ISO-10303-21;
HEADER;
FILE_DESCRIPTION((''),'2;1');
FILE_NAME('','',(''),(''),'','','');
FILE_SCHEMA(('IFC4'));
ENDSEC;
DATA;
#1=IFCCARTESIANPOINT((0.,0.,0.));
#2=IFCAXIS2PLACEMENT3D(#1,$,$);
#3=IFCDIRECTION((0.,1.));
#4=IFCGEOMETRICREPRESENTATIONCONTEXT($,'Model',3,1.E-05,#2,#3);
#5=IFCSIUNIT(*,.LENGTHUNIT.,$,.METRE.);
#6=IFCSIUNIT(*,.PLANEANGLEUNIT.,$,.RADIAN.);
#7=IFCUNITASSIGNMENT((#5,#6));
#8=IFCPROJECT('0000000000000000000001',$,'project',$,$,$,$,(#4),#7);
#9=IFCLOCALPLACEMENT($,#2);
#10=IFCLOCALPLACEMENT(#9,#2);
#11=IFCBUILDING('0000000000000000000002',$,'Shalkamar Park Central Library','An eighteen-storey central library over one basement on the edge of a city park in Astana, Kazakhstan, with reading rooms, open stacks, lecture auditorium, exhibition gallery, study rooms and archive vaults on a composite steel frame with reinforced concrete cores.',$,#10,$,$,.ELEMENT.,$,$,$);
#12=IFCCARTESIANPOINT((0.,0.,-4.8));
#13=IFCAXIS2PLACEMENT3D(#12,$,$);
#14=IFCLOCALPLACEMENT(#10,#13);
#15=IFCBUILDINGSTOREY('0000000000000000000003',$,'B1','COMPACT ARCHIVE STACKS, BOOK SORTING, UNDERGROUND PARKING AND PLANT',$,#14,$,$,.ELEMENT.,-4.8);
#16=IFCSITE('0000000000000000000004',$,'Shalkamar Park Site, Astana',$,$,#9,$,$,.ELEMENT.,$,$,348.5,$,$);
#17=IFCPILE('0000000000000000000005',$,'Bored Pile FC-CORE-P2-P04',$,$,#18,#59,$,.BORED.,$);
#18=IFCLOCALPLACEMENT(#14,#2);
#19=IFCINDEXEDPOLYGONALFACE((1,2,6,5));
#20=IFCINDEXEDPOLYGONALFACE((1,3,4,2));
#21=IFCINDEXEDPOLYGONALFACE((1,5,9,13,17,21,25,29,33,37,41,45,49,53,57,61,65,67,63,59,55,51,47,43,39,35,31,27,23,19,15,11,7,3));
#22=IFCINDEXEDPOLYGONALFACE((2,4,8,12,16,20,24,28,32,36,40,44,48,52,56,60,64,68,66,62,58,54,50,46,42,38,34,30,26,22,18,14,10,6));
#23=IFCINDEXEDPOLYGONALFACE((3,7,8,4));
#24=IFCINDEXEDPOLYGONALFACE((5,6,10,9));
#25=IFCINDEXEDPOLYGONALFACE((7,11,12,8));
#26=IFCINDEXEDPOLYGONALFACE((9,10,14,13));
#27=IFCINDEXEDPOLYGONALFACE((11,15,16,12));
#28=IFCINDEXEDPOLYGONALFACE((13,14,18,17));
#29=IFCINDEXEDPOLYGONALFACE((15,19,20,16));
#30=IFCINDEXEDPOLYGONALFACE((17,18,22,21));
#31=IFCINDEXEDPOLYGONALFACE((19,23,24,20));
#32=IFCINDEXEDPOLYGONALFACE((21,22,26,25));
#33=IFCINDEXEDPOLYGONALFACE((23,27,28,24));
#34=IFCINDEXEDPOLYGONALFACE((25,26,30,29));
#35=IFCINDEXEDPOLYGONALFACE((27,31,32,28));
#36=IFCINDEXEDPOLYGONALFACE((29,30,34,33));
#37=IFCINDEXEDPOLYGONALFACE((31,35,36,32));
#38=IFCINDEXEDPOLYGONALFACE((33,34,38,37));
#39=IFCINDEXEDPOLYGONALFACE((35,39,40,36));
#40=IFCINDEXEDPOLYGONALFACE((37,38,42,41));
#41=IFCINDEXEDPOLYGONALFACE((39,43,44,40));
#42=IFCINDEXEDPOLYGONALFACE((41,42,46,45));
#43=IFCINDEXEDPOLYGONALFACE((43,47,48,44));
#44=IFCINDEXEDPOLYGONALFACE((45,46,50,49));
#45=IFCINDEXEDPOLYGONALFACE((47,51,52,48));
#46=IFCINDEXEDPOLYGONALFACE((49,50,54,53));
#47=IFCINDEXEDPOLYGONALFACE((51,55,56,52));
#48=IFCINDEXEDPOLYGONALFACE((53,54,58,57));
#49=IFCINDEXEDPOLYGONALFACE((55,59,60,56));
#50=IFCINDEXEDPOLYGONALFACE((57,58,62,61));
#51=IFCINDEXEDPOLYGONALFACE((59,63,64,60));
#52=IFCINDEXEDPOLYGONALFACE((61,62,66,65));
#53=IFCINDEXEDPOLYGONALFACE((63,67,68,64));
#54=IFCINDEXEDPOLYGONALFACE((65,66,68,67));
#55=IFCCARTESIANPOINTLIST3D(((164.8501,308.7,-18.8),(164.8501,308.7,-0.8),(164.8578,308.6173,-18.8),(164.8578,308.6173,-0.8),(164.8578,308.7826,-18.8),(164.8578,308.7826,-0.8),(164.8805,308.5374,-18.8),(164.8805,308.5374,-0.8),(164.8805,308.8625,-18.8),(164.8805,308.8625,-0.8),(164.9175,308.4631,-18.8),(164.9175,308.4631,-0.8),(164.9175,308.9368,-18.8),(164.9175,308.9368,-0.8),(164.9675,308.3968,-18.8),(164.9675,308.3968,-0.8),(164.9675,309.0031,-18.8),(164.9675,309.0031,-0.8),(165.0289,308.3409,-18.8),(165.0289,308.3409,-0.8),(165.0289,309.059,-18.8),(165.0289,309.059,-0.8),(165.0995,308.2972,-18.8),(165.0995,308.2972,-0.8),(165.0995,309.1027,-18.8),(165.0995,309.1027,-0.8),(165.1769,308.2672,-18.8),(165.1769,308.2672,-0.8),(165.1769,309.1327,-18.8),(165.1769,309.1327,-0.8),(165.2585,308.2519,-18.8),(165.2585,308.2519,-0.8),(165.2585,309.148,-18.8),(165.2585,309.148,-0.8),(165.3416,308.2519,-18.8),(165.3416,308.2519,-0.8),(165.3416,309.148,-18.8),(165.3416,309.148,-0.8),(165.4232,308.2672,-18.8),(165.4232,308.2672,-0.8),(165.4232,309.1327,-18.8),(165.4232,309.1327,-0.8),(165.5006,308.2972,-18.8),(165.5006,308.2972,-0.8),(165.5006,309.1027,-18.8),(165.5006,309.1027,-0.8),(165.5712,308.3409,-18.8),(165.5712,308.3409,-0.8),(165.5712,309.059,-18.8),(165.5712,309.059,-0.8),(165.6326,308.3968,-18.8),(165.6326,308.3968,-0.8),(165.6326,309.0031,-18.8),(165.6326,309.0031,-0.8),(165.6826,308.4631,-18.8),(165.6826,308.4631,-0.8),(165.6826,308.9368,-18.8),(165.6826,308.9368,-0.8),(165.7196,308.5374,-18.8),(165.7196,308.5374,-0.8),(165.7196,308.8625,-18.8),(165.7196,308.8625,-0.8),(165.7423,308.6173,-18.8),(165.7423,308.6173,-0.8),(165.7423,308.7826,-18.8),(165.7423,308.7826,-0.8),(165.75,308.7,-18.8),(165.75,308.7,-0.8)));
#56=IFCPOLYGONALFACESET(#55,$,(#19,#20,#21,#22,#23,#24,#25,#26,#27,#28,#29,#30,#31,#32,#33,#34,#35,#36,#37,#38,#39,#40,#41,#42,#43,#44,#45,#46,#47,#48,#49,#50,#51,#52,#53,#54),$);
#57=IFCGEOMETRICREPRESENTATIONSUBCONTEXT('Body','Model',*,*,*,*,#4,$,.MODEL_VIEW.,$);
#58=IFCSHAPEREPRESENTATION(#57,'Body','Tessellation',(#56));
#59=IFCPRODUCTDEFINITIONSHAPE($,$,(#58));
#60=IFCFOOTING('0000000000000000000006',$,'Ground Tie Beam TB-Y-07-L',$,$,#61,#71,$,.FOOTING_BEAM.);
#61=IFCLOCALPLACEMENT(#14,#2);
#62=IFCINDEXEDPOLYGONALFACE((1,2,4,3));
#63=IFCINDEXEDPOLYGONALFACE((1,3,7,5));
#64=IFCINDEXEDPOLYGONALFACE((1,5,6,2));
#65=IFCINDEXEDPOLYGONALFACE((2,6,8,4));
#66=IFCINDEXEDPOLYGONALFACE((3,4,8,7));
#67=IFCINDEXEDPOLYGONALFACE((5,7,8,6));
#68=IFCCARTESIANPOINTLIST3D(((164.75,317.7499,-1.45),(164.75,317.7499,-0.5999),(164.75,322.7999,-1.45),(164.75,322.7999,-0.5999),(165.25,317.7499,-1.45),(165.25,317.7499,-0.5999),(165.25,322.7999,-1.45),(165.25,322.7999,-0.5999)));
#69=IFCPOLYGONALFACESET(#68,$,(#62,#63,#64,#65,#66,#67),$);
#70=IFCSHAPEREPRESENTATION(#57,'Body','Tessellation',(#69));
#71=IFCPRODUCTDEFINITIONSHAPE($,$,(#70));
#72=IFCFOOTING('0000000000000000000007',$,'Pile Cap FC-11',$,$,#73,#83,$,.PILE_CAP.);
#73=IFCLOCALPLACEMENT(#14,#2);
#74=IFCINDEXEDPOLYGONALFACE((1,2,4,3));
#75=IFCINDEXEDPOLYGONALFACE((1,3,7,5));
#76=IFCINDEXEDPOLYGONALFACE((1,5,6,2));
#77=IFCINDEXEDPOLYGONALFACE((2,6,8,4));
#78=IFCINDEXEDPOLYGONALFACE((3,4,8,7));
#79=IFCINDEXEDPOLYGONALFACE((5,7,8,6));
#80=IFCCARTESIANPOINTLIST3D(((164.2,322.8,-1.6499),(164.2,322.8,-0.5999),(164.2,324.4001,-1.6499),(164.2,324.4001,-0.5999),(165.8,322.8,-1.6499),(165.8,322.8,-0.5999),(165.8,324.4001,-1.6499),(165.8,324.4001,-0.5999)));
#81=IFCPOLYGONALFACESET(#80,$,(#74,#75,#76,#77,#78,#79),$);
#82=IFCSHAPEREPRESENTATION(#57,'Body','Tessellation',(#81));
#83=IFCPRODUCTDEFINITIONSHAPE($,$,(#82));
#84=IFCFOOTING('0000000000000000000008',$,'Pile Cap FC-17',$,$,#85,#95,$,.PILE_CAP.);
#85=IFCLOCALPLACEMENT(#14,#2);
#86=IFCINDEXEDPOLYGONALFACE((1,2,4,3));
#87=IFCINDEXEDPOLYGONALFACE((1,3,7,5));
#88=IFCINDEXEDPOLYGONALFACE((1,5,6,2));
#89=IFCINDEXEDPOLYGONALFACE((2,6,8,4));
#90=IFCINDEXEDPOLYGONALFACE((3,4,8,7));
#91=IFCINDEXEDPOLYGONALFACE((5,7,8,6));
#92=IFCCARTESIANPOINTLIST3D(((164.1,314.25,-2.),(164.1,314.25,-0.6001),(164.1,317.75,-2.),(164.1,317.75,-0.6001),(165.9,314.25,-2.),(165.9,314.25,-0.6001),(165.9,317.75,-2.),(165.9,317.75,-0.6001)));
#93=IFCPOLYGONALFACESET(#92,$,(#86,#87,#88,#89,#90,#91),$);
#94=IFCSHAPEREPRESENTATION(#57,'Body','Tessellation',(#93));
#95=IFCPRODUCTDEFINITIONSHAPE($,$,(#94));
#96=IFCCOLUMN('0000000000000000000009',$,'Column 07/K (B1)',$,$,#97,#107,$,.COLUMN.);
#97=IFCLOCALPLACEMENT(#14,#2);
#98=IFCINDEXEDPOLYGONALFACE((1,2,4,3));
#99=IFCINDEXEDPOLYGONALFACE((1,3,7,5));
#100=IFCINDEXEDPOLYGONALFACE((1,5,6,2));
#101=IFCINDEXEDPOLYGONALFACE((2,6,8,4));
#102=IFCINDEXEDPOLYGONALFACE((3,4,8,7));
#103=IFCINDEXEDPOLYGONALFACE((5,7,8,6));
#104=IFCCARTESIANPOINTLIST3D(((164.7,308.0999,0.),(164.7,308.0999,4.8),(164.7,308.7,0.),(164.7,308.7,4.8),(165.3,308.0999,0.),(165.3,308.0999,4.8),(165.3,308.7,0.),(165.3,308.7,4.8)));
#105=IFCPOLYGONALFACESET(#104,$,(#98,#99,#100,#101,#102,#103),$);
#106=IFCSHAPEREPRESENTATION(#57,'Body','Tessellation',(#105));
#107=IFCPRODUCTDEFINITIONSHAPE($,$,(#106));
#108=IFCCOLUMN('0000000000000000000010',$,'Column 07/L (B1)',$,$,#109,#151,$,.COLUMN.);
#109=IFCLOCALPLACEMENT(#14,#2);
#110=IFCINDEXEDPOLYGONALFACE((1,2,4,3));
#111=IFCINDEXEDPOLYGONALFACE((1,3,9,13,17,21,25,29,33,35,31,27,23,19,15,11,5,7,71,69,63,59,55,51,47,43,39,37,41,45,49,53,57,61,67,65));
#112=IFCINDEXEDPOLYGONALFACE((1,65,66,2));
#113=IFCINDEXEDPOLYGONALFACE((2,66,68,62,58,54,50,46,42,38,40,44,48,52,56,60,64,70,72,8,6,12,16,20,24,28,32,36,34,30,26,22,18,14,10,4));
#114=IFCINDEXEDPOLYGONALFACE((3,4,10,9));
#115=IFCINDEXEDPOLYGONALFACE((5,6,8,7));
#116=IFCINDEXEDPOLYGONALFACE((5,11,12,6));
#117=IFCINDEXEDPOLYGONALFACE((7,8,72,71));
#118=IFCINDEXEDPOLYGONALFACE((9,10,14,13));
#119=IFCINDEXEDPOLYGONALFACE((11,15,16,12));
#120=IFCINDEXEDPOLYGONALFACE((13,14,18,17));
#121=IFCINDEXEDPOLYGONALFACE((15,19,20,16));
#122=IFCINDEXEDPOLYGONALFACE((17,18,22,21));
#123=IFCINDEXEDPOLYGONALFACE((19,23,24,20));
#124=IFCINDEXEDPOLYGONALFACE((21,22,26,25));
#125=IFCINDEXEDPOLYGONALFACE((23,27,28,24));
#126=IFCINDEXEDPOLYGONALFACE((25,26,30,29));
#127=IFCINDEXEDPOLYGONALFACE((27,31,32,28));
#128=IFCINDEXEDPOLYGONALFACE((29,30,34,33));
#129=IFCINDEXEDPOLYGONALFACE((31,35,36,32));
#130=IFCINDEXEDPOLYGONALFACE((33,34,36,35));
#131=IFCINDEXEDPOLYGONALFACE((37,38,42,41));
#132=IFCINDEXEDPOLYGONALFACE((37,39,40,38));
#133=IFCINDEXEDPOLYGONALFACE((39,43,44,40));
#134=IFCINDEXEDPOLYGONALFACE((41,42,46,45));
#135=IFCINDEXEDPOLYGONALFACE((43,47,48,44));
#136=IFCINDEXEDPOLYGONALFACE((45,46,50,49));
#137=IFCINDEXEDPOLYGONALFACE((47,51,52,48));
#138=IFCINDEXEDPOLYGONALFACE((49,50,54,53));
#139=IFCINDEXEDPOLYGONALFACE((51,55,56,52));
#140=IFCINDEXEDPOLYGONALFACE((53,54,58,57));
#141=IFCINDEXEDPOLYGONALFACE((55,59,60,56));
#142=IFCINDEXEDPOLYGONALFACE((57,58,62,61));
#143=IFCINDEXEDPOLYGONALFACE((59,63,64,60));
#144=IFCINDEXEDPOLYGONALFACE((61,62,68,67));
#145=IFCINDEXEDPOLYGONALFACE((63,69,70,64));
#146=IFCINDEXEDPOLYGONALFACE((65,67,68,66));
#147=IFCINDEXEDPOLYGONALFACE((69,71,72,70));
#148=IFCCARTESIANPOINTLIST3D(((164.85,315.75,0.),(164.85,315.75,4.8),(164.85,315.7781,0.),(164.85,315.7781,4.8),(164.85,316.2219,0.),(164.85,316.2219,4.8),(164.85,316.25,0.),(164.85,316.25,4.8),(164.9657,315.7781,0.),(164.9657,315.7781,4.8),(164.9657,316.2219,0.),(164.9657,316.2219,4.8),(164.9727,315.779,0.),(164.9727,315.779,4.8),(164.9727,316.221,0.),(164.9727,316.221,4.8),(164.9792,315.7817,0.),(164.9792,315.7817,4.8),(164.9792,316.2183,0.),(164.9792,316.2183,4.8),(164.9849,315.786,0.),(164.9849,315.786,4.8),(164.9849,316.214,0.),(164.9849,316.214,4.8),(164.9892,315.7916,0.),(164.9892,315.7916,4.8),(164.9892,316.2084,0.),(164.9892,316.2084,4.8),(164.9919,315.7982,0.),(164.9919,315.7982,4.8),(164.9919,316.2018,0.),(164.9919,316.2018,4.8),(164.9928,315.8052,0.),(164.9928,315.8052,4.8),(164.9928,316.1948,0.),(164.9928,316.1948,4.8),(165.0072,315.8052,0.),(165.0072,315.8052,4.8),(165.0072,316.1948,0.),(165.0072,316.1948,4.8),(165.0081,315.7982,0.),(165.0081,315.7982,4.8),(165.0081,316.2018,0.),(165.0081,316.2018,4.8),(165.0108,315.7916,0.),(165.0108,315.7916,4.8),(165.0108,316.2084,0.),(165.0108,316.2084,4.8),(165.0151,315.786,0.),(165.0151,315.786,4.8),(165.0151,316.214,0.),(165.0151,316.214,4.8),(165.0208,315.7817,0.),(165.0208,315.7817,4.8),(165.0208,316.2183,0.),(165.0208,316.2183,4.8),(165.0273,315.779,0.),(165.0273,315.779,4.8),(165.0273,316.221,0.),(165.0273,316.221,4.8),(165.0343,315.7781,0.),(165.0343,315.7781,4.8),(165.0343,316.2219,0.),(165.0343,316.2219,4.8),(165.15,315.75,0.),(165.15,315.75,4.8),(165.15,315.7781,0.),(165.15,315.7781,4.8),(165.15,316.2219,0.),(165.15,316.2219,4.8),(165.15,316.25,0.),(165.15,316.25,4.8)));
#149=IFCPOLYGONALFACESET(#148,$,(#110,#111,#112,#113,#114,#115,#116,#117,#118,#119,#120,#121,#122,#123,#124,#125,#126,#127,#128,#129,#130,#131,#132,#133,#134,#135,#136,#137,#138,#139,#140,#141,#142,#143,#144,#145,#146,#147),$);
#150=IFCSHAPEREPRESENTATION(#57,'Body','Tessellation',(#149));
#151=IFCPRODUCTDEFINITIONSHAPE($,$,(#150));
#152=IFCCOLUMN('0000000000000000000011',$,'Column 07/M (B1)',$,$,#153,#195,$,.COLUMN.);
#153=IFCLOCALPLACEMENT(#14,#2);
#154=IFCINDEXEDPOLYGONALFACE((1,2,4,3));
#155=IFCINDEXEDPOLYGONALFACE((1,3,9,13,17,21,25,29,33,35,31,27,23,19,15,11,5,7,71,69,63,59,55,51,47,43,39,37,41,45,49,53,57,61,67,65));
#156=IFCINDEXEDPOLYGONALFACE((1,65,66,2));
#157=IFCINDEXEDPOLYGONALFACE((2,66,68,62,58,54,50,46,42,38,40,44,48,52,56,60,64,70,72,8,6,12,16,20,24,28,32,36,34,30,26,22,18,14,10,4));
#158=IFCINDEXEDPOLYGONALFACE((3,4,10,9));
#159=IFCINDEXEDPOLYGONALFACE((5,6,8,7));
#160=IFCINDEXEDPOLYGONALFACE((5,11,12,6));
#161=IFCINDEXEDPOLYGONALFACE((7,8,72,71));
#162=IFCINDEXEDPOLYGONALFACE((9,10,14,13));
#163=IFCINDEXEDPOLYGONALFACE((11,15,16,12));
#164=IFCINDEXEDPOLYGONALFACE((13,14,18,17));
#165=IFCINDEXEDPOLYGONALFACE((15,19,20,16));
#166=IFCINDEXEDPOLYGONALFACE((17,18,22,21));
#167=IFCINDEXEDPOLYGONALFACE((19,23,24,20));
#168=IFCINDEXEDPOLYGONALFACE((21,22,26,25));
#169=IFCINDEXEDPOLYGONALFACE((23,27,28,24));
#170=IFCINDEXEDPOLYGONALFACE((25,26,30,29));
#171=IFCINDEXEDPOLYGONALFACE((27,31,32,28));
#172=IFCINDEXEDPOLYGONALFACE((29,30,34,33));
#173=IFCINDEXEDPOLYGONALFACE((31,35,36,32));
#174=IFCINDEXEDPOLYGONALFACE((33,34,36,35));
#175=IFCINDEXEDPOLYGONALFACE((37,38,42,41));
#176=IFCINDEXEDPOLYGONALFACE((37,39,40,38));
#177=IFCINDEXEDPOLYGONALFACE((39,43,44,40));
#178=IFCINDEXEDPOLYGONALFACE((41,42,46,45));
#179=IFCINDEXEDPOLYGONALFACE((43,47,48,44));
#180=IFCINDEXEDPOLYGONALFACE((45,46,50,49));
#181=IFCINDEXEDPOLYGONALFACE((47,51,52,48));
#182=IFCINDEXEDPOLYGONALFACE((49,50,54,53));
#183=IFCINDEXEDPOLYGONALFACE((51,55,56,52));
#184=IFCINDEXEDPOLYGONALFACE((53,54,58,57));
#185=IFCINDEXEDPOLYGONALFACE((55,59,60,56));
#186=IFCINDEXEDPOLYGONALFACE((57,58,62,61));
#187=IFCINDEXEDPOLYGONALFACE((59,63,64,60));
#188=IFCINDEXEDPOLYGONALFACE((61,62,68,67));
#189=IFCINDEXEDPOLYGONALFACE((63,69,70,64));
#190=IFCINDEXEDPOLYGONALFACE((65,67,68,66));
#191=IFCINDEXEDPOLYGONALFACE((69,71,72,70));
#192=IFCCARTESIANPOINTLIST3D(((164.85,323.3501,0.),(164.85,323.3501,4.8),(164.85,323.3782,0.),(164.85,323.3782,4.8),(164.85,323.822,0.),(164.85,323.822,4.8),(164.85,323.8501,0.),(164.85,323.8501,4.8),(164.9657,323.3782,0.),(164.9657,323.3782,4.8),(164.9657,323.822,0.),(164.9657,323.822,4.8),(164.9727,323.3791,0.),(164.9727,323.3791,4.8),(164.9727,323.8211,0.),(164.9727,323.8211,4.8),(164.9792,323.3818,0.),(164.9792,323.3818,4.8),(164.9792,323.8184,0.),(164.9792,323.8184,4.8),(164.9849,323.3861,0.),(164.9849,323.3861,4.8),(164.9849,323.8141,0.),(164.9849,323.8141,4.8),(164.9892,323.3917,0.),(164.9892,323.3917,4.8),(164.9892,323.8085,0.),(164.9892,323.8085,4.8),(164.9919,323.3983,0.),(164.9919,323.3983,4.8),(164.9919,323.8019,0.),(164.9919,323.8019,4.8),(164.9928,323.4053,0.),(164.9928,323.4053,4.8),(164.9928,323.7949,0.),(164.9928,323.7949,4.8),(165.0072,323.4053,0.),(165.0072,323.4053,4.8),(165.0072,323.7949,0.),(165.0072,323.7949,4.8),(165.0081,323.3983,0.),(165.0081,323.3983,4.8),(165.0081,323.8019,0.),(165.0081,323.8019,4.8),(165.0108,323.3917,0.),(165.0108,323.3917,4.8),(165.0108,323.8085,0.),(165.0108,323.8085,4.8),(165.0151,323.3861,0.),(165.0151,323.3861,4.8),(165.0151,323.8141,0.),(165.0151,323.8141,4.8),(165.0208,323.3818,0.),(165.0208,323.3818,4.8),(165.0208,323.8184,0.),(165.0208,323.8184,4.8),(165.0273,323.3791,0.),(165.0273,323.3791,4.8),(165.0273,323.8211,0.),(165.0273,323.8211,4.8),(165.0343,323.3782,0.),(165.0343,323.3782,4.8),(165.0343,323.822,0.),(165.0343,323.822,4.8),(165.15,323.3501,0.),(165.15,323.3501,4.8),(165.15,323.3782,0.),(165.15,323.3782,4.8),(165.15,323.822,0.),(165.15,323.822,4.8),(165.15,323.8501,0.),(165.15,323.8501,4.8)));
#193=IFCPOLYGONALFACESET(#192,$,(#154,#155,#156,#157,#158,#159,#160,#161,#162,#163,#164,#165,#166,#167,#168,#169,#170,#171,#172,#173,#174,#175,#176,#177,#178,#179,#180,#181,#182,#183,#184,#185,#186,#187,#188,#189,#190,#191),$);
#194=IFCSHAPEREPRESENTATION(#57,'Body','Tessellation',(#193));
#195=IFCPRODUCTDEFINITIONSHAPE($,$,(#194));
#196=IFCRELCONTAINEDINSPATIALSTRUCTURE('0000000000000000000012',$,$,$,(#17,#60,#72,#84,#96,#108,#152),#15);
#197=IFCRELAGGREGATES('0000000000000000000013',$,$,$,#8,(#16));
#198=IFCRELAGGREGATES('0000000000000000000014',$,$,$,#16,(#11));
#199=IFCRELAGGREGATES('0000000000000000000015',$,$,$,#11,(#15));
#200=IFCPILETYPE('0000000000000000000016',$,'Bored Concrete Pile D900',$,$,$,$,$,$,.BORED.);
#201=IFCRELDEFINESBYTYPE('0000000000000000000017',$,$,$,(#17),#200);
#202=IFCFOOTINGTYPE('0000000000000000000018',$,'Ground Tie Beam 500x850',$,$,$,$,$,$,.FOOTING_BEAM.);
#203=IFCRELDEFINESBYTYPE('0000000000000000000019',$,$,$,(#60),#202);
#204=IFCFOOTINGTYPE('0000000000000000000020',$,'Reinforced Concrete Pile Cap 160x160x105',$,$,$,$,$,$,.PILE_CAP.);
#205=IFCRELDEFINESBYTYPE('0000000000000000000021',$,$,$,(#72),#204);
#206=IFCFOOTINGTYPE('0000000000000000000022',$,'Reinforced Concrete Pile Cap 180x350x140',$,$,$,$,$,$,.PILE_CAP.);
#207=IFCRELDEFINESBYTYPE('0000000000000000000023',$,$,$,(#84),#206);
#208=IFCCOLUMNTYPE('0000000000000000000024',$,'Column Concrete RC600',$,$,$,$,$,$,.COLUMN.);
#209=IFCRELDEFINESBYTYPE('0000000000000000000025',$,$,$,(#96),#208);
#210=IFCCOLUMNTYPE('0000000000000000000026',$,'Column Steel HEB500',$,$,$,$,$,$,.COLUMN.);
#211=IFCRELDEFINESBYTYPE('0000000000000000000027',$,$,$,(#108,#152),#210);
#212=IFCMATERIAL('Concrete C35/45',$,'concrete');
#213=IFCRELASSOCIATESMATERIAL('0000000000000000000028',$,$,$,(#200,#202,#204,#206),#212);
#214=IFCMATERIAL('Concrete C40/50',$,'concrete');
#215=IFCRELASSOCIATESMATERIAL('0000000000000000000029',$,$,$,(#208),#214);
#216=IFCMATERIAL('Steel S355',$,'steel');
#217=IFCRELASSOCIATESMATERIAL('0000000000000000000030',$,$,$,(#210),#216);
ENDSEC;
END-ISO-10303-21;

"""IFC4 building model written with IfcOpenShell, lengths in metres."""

from ifc_helpers import new_model, si_unit, direction, frame, origin, origin_2d, place, context, subcontext, project, spatial, rectangle, circle, i_section, extrude, material, material_profile, profile_set, type_object, element, save


model = new_model("IFC4")

# Units and contexts
model_context = context("Model", 3, precision=1e-05, world=origin(), true_north=direction((0.0, 1.0)))
body_context = subcontext(model_context, "Body", "Model", "MODEL_VIEW")
ifc_project = project(units=[si_unit("LENGTHUNIT", "METRE"), si_unit("PLANEANGLEUNIT", "RADIAN")], contexts=[model_context])

# Site, building, storey
site_placement = place(None, origin())
site = spatial("IfcSite", under=ifc_project, at=site_placement, Name="Shalkamar Park Site, Astana", CompositionType="ELEMENT", RefElevation=348.5)
building_placement = place(site_placement, origin())
building = spatial("IfcBuilding", under=site, at=building_placement, Name="Shalkamar Park Central Library", Description="An eighteen-storey central library over one basement on the edge of a city park in Astana, Kazakhstan, with reading rooms, open stacks, lecture auditorium, exhibition gallery, study rooms and archive vaults on a composite steel frame with reinforced concrete cores.", CompositionType="ELEMENT")
storey_placement = place(building_placement, frame((0.0, 0.0, -4.8)))
storey = spatial("IfcBuildingStorey", under=building, at=storey_placement, Name="B1", Description="COMPACT ARCHIVE STACKS, BOOK SORTING, UNDERGROUND PARKING AND PLANT", CompositionType="ELEMENT", Elevation=-4.8)

# Pile
ifc_material_1 = material(Name="Concrete C35/45", Category="concrete")
ifc_material_profile_1 = material_profile(ifc_material_1, circle(Radius=0.45, at=origin_2d()), Name="PILE D900")
ifc_profile_set_1 = profile_set([ifc_material_profile_1], Name="Concrete C35/45")
pile_type_1 = type_object("IfcPileType", Name="Bored Concrete Pile D900", PredefinedType="BORED", material=ifc_profile_set_1)
pile_1_placement = place(storey_placement, frame((165.3, 308.7, -0.8), z_axis=(0.0, 0.0, -1.0), x_axis=(1.0, 0.0, 0.0)))
element("IfcPile", 1, at=pile_1_placement, inside=storey, type_object=pile_type_1, Name="Bored Pile FC-CORE-P2-P04", PredefinedType="BORED", context=body_context, shape_type="SweptSolid", body=[
    extrude(circle(Radius=0.45, at=origin_2d()), origin(), (0.0, 0.0, 1.0), 18.0),
])

# Footings
footing_type_1 = type_object("IfcFootingType", Name="Ground Tie Beam 500x850", PredefinedType="FOOTING_BEAM", material=ifc_material_1)
footing_1_placement = place(storey_placement, frame((165.0, 320.2749, -1.45), z_axis=(0.0, 0.0, 1.0), x_axis=(0.0, 1.0, 0.0)))
element("IfcFooting", 2, at=footing_1_placement, inside=storey, type_object=footing_type_1, Name="Ground Tie Beam TB-Y-07-L", PredefinedType="FOOTING_BEAM", context=body_context, shape_type="SweptSolid", body=[
    extrude(rectangle(XDim=5.05, YDim=0.5, at=origin_2d()), origin(), (0.0, 0.0, 1.0), 0.8501),
])
footing_type_2 = type_object("IfcFootingType", Name="Reinforced Concrete Pile Cap 160x160x105", PredefinedType="PILE_CAP", material=ifc_material_1)
footing_2_placement = place(storey_placement, frame((165.0, 323.6001, -1.6499), z_axis=(0.0, 0.0, 1.0), x_axis=(1.0, 0.0, 0.0)))
element("IfcFooting", 3, at=footing_2_placement, inside=storey, type_object=footing_type_2, Name="Pile Cap FC-11", PredefinedType="PILE_CAP", context=body_context, shape_type="SweptSolid", body=[
    extrude(rectangle(XDim=1.6001, YDim=1.6001, at=origin_2d()), origin(), (0.0, 0.0, 1.0), 1.05),
])
footing_type_3 = type_object("IfcFootingType", Name="Reinforced Concrete Pile Cap 180x350x140", PredefinedType="PILE_CAP", material=ifc_material_1)
footing_3_placement = place(storey_placement, frame((165.0, 316.0, -2.0), z_axis=(0.0, 0.0, 1.0), x_axis=(1.0, 0.0, 0.0)))
element("IfcFooting", 4, at=footing_3_placement, inside=storey, type_object=footing_type_3, Name="Pile Cap FC-17", PredefinedType="PILE_CAP", context=body_context, shape_type="SweptSolid", body=[
    extrude(rectangle(XDim=1.8, YDim=3.5, at=origin_2d()), origin(), (0.0, 0.0, 1.0), 1.3999),
])

# Columns
ifc_material_2 = material(Name="Concrete C40/50", Category="concrete")
ifc_material_profile_2 = material_profile(ifc_material_2, rectangle(XDim=0.6001, YDim=0.6001, at=origin_2d()), Name="RC 600x600")
ifc_profile_set_2 = profile_set([ifc_material_profile_2], Name="Concrete C40/50")
column_type_1 = type_object("IfcColumnType", Name="Column Concrete RC600", PredefinedType="COLUMN", material=ifc_profile_set_2)
column_placement = place(storey_placement, frame((165.0, 308.3999, 0.0), z_axis=(0.0, 0.0, 1.0), x_axis=(1.0, 0.0, 0.0)))
element("IfcColumn", 5, at=column_placement, inside=storey, type_object=column_type_1, Name="Column 07/K (B1)", PredefinedType="COLUMN", context=body_context, shape_type="SweptSolid", body=[
    extrude(rectangle(XDim=0.6001, YDim=0.6001, at=origin_2d()), origin(), (0.0, 0.0, 1.0), 4.8),
])
ifc_material_3 = material(Name="Steel S355", Category="steel")
ifc_material_profile_3 = material_profile(ifc_material_3, i_section(OverallWidth=0.3, OverallDepth=0.5, WebThickness=0.0144, FlangeThickness=0.0281, FilletRadius=0.0271, at=origin_2d()), Name="HEB 500")
ifc_profile_set_3 = profile_set([ifc_material_profile_3], Name="Steel S355")
column_type_2 = type_object("IfcColumnType", Name="Column Steel HEB500", PredefinedType="COLUMN", material=ifc_profile_set_3)
for number, where, z_axis, x_axis, name in (
    (6, (165.0, 316.0, 0.0), (0.0, 0.0, 1.0), (1.0, 0.0, 0.0), "Column 07/L (B1)"),
    (7, (165.0, 323.6001, 0.0), (0.0, 0.0, 1.0), (1.0, 0.0, 0.0), "Column 07/M (B1)"),
):
    element("IfcColumn", number, at=place(storey_placement, frame(where, z_axis=z_axis, x_axis=x_axis)), inside=storey, type_object=column_type_2, Name=name, PredefinedType="COLUMN", context=body_context, shape_type="SweptSolid", body=[
        extrude(i_section(OverallWidth=0.3, OverallDepth=0.5, WebThickness=0.0144, FlangeThickness=0.0281, FilletRadius=0.0271, at=origin_2d()), origin(), (0.0, 0.0, 1.0), 4.8),
    ])

save(model, "model.ifc")
